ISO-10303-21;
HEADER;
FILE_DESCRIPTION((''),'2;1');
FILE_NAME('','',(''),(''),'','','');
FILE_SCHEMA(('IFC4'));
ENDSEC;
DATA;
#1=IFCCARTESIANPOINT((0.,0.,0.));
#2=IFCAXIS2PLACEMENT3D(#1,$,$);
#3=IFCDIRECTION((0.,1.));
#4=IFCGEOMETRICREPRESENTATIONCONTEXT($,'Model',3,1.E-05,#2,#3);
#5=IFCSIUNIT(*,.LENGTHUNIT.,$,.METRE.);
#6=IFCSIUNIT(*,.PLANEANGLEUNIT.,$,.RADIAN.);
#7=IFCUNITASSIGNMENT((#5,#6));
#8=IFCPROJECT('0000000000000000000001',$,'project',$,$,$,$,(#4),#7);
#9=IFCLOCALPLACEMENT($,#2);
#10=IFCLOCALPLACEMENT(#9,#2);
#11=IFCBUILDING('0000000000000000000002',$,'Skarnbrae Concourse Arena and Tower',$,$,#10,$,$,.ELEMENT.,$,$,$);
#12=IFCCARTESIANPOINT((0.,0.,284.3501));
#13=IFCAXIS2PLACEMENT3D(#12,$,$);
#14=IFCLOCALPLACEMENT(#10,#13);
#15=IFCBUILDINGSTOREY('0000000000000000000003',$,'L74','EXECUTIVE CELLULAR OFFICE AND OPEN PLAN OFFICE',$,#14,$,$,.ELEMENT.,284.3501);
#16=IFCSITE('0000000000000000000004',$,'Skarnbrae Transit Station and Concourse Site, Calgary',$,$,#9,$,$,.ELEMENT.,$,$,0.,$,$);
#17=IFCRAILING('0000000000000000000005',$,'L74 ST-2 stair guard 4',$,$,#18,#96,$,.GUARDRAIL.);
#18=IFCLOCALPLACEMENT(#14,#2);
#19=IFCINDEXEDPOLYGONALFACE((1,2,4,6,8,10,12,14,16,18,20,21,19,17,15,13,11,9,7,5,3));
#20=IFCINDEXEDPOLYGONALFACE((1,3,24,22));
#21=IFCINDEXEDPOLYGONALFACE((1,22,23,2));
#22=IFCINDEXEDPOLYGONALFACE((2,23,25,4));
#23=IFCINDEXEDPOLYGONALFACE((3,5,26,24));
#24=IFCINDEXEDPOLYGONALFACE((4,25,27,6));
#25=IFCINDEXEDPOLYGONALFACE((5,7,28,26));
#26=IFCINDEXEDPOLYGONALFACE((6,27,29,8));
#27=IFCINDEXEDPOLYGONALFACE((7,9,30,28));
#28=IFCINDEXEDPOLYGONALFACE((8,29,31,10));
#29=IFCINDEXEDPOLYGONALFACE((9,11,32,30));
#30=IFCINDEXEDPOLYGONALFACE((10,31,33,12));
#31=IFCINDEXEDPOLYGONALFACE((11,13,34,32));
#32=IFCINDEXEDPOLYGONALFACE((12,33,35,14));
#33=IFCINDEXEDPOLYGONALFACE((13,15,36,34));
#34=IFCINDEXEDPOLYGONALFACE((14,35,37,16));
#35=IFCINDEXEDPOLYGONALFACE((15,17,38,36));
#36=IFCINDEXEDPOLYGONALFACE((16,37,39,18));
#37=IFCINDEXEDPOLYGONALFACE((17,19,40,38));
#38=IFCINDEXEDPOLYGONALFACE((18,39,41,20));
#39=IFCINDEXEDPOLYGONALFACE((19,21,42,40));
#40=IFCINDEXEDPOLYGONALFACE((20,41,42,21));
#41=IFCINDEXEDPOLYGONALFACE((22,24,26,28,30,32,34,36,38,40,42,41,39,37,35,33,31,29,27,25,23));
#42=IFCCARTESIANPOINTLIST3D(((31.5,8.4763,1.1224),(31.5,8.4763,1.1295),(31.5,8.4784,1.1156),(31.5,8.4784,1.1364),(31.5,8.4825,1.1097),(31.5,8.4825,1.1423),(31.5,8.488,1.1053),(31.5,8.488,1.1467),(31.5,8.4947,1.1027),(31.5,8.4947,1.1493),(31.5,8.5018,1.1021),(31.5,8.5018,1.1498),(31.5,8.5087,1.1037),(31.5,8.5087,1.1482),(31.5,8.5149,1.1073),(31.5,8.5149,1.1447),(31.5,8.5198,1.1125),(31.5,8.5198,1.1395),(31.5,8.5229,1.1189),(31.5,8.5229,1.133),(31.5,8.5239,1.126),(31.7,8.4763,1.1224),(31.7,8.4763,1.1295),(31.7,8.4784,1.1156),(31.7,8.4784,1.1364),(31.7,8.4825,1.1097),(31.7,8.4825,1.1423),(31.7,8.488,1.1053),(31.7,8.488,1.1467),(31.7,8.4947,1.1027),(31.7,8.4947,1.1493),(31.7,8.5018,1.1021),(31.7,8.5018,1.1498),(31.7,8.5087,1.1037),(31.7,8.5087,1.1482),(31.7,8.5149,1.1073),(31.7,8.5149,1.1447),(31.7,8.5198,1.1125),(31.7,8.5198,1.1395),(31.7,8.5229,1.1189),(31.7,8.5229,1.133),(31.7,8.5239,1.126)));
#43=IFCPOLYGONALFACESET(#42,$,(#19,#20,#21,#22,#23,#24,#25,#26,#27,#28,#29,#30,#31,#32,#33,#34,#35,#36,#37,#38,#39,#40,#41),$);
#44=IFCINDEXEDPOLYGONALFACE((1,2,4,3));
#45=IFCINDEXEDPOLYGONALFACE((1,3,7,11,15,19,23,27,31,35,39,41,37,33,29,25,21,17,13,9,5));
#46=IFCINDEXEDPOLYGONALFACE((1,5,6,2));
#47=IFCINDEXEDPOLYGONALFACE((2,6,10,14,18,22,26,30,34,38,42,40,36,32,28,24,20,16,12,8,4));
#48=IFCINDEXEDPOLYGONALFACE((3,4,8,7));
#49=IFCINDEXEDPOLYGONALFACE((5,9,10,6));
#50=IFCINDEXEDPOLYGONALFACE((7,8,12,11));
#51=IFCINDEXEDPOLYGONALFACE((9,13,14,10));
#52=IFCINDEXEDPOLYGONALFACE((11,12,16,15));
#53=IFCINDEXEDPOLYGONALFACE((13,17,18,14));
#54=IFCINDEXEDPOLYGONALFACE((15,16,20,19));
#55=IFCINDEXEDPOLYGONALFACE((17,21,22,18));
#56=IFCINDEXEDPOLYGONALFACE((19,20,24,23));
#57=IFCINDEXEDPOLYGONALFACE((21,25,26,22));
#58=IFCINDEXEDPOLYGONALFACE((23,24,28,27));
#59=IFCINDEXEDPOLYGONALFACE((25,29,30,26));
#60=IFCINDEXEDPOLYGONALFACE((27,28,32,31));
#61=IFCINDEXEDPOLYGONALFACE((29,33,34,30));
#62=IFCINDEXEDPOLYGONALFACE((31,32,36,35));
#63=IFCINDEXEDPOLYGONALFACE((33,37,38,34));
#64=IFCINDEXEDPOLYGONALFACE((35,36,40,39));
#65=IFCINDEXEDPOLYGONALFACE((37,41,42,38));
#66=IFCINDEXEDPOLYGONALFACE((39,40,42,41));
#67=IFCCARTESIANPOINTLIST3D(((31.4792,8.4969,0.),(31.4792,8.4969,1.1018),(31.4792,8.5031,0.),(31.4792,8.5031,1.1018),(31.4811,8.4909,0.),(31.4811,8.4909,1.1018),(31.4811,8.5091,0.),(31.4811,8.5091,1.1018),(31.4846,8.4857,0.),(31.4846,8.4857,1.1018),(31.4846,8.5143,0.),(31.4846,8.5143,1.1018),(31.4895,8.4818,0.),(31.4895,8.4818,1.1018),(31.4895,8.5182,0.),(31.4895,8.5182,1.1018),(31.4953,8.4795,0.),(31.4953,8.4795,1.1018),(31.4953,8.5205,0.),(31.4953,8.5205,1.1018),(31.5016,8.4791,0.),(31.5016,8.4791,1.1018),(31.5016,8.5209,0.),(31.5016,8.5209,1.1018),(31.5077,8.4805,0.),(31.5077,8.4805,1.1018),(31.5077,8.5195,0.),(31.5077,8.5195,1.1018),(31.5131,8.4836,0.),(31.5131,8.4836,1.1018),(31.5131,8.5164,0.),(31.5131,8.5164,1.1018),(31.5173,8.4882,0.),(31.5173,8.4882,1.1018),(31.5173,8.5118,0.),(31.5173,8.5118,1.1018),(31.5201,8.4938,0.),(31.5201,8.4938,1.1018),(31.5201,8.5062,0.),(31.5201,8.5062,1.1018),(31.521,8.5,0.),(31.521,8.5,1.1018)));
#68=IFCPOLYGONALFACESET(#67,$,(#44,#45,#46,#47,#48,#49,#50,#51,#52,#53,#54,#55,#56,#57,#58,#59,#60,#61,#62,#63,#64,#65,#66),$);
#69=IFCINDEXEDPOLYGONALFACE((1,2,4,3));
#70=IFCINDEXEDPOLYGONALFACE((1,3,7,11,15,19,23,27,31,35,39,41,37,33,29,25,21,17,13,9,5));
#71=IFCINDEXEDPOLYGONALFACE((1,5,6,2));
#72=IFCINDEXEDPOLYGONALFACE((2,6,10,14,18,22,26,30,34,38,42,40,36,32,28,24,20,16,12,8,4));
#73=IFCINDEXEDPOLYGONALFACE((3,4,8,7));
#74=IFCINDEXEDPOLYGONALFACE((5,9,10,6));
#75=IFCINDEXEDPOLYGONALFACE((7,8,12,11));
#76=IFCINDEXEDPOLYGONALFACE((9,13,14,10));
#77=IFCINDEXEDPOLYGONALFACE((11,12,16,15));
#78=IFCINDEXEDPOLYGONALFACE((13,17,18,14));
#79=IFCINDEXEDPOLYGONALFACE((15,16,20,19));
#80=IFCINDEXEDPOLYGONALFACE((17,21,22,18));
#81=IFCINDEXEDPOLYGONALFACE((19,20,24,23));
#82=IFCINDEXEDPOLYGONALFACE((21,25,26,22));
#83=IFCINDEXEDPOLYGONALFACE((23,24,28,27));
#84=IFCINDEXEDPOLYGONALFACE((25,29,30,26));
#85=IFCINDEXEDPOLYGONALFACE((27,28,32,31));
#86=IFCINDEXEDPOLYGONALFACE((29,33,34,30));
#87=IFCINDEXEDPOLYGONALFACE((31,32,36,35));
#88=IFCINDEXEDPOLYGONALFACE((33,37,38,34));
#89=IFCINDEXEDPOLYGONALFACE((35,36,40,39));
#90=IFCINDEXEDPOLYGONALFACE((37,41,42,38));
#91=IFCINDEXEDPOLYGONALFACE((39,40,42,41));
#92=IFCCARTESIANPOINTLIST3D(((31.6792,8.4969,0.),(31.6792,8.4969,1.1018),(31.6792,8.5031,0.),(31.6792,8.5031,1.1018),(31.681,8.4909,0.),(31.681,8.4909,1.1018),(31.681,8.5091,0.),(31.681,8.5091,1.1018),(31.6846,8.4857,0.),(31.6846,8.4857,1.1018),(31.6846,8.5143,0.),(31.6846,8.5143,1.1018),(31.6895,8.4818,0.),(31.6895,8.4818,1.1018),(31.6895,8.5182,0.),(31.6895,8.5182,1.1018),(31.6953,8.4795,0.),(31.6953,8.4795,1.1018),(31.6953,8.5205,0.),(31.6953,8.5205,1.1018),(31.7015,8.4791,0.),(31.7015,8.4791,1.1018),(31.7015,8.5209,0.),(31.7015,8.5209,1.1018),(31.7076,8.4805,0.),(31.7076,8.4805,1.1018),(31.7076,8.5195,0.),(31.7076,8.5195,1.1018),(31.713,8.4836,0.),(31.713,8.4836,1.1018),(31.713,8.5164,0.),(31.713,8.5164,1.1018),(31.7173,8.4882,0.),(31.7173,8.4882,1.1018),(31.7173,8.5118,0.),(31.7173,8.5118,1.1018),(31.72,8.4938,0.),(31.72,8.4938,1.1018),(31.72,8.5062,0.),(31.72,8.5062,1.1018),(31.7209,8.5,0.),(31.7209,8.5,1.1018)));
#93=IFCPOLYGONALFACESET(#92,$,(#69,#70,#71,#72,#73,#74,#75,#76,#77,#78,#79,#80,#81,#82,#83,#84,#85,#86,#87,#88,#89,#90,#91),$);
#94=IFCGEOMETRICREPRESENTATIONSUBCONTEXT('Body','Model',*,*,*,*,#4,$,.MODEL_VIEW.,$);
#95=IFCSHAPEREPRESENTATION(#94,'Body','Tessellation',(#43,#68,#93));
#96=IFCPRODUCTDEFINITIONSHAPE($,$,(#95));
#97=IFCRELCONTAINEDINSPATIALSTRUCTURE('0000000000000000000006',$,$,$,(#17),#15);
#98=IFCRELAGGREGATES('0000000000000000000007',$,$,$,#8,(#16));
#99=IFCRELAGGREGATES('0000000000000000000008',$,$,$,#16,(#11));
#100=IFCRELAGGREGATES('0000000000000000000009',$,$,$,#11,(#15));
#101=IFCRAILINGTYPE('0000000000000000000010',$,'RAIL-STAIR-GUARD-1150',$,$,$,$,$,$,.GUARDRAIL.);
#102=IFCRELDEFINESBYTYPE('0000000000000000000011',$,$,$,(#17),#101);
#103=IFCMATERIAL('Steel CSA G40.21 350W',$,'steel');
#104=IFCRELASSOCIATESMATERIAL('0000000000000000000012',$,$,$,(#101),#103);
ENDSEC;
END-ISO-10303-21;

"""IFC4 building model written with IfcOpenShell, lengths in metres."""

from ifc_helpers import new_model, si_unit, direction, frame, origin, origin_2d, place, context, subcontext, project, spatial, circle, extrude, material, type_object, element, save


model = new_model("IFC4")

# Units and contexts
model_context = context("Model", 3, precision=1e-05, world=origin(), true_north=direction((0.0, 1.0)))
body_context = subcontext(model_context, "Body", "Model", "MODEL_VIEW")
ifc_project = project(units=[si_unit("LENGTHUNIT", "METRE"), si_unit("PLANEANGLEUNIT", "RADIAN")], contexts=[model_context])

# Site, building, storey
site_placement = place(None, origin())
site = spatial("IfcSite", under=ifc_project, at=site_placement, Name="Skarnbrae Transit Station and Concourse Site, Calgary", CompositionType="ELEMENT", RefElevation=0.0)
building_placement = place(site_placement, origin())
building = spatial("IfcBuilding", under=site, at=building_placement, Name="Skarnbrae Concourse Arena and Tower", CompositionType="ELEMENT")
storey_placement = place(building_placement, frame((0.0, 0.0, 284.3501)))
storey = spatial("IfcBuildingStorey", under=building, at=storey_placement, Name="L74", Description="EXECUTIVE CELLULAR OFFICE AND OPEN PLAN OFFICE", CompositionType="ELEMENT", Elevation=284.3501)

# Shared definitions
ifc_material_1 = material(Name="Steel CSA G40.21 350W", Category="steel")

# Railing
railing_type = type_object("IfcRailingType", Name="RAIL-STAIR-GUARD-1150", PredefinedType="GUARDRAIL", material=ifc_material_1)
railing_1_placement = place(storey_placement, frame((31.5, 8.5, 0.0)))
element("IfcRailing", 1, at=railing_1_placement, inside=storey, type_object=railing_type, Name="L74 ST-2 stair guard 4", PredefinedType="GUARDRAIL", context=body_context, shape_type="SweptSolid", body=[
    extrude(circle(Radius=0.0239, at=origin_2d()), frame((0.0, 0.0, 1.126), z_axis=(1.0, 0.0, 0.0), x_axis=(0.0, 1.0, 0.0)), (0.0, 0.0, 1.0), 0.2),
    extrude(circle(Radius=0.021, at=origin_2d()), origin(), (0.0, 0.0, 1.0), 1.1018),
    extrude(circle(Radius=0.021, at=origin_2d()), frame((0.2, 0.0, 0.0)), (0.0, 0.0, 1.0), 1.1018),
])

save(model, "model.ifc")
